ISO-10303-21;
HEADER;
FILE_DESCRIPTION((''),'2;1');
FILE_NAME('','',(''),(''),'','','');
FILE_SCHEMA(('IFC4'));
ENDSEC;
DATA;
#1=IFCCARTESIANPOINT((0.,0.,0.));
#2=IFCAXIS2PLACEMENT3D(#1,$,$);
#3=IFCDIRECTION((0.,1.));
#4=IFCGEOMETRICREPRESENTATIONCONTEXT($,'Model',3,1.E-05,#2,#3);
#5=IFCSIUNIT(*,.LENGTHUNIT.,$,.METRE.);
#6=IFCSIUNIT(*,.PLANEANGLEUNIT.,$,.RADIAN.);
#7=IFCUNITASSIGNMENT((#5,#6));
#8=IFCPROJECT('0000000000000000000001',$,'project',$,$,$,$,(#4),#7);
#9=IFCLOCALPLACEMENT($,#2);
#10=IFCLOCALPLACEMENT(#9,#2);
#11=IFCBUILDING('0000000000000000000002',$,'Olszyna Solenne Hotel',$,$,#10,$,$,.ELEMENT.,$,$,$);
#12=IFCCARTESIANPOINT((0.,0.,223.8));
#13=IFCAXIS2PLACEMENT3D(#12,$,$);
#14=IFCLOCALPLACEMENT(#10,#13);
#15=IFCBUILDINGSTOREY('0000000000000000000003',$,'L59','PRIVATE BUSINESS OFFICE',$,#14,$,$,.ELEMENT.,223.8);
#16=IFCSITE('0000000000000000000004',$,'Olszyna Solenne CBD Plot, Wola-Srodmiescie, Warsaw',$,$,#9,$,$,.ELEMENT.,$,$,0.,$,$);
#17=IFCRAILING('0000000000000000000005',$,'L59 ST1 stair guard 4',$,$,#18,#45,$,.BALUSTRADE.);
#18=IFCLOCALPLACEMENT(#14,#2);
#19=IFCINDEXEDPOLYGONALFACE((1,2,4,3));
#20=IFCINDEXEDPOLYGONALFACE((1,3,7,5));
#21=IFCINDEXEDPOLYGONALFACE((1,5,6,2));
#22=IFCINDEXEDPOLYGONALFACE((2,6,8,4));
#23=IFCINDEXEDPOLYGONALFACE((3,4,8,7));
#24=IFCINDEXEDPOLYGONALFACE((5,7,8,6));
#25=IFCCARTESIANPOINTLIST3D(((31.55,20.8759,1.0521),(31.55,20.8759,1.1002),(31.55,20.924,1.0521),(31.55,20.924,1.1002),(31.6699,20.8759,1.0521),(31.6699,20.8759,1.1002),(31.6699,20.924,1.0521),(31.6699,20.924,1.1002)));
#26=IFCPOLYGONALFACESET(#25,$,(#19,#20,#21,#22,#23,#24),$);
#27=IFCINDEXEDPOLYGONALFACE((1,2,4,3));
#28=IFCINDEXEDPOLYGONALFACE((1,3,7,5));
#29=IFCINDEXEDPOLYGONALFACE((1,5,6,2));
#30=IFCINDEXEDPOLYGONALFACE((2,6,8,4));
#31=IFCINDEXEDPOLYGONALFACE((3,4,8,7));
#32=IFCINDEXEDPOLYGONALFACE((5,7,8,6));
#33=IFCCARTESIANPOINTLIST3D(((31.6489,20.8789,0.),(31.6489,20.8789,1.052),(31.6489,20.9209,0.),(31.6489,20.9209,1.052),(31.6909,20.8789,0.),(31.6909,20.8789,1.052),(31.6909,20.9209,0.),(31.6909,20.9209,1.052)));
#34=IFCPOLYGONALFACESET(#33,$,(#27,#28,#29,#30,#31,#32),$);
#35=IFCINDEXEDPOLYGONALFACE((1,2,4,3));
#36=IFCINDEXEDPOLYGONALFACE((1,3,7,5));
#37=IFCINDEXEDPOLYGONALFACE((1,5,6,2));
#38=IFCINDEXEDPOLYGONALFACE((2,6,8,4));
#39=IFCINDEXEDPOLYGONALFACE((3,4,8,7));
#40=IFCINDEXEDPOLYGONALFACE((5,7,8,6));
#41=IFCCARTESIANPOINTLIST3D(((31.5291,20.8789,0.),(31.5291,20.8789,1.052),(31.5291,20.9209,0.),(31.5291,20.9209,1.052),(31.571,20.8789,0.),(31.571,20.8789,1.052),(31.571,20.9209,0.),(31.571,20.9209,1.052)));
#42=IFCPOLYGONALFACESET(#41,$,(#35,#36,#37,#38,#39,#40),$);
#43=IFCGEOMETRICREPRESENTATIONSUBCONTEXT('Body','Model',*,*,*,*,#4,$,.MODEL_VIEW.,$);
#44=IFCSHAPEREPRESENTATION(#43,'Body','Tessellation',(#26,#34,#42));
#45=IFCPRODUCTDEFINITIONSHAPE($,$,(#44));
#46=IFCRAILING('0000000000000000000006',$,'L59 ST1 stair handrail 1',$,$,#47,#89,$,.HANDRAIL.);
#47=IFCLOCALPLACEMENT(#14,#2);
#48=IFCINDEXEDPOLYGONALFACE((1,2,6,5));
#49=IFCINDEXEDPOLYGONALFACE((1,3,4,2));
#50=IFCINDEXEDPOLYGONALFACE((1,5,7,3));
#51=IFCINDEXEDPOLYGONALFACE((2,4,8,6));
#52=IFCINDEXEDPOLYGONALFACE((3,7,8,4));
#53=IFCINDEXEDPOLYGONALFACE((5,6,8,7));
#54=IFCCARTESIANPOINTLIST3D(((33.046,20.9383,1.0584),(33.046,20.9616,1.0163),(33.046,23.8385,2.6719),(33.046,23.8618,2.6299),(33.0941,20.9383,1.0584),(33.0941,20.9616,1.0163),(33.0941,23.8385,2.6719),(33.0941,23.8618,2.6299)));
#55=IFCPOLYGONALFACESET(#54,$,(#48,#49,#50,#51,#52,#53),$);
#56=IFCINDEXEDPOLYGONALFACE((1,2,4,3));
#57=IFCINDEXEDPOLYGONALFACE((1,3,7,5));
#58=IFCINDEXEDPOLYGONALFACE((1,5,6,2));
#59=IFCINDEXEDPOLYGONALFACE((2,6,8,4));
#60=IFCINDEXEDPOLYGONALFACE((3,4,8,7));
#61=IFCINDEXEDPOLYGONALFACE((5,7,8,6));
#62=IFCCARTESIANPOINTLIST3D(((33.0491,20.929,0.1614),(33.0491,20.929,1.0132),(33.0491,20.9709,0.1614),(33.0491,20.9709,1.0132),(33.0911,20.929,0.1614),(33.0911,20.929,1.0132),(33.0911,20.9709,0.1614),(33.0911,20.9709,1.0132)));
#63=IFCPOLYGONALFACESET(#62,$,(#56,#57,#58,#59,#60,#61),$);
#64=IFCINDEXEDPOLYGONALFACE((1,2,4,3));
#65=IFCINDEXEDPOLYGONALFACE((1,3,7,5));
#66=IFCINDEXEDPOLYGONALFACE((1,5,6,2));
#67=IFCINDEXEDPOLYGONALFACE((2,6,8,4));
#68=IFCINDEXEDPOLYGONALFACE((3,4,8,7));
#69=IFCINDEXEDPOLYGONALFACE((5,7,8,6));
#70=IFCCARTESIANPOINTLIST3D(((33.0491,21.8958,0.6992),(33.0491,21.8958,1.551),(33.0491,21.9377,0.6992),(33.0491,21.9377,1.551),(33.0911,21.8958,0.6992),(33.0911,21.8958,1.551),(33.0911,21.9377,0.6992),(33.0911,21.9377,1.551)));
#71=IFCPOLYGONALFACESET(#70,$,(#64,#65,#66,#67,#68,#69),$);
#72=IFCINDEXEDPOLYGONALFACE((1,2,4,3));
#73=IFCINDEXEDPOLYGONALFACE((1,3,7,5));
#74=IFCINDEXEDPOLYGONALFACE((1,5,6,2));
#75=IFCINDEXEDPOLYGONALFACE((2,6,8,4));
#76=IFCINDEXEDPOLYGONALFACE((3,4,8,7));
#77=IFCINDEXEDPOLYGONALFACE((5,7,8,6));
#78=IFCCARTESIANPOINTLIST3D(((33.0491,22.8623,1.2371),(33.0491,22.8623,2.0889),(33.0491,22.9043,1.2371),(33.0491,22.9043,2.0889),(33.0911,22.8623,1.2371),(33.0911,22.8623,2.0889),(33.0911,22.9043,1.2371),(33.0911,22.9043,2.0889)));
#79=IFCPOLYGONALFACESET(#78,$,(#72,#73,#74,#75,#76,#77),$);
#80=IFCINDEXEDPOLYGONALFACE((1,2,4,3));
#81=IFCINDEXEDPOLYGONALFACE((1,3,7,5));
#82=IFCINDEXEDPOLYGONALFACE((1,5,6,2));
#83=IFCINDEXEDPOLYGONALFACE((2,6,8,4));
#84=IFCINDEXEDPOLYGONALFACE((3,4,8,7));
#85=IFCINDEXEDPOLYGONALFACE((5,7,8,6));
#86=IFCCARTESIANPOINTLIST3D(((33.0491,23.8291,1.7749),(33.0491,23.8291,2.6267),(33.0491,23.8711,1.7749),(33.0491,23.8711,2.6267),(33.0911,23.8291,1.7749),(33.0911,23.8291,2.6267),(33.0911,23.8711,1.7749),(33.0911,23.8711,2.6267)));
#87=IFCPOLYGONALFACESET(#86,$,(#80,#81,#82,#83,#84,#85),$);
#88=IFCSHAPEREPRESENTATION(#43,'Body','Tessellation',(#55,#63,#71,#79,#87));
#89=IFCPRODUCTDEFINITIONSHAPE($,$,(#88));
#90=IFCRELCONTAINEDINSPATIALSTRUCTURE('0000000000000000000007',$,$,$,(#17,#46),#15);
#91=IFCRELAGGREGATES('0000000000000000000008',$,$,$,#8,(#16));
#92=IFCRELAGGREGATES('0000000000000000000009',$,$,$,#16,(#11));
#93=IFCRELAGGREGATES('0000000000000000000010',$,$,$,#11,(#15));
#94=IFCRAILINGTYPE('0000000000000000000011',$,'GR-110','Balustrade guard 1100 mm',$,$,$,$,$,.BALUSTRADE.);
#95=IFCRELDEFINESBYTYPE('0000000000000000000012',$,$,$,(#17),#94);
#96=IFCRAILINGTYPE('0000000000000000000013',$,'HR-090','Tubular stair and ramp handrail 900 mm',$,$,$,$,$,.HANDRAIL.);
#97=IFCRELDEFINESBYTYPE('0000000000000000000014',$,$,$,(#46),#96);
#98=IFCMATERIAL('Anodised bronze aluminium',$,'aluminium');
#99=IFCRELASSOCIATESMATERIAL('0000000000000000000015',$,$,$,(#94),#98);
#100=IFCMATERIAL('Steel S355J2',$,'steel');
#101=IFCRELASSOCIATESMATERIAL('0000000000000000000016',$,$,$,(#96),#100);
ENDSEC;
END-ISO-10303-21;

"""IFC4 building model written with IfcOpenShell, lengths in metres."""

from ifc_helpers import new_model, si_unit, direction, frame, origin, origin_2d, place, context, subcontext, project, spatial, rectangle, extrude, material, type_object, element, save


model = new_model("IFC4")

# Units and contexts
model_context = context("Model", 3, precision=1e-05, world=origin(), true_north=direction((0.0, 1.0)))
body_context = subcontext(model_context, "Body", "Model", "MODEL_VIEW")
ifc_project = project(units=[si_unit("LENGTHUNIT", "METRE"), si_unit("PLANEANGLEUNIT", "RADIAN")], contexts=[model_context])

# Site, building, storey
site_placement = place(None, origin())
site = spatial("IfcSite", under=ifc_project, at=site_placement, Name="Olszyna Solenne CBD Plot, Wola-Srodmiescie, Warsaw", CompositionType="ELEMENT", RefElevation=0.0)
building_placement = place(site_placement, origin())
building = spatial("IfcBuilding", under=site, at=building_placement, Name="Olszyna Solenne Hotel", CompositionType="ELEMENT")
storey_placement = place(building_placement, frame((0.0, 0.0, 223.8)))
storey = spatial("IfcBuildingStorey", under=building, at=storey_placement, Name="L59", Description="PRIVATE BUSINESS OFFICE", CompositionType="ELEMENT", Elevation=223.8)

# Shared definitions
ifc_material_1 = material(Name="Steel S355J2", Category="steel")

# Shared definitions
ifc_material_2 = material(Name="Anodised bronze aluminium", Category="aluminium")

# Railings
railing_type_1 = type_object("IfcRailingType", Name="GR-110", Description="Balustrade guard 1100 mm", PredefinedType="BALUSTRADE", material=ifc_material_2)
railing_1_placement = place(storey_placement, frame((31.6699, 20.8999, 0.0)))
element("IfcRailing", 1, at=railing_1_placement, inside=storey, type_object=railing_type_1, Name="L59 ST1 stair guard 4", PredefinedType="BALUSTRADE", context=body_context, shape_type="SweptSolid", body=[
    extrude(rectangle(XDim=0.0481, YDim=0.0481, at=origin_2d()), frame((0.0, 0.0, 1.0762), z_axis=(-1.0, 0.0, 0.0), x_axis=(0.0, -1.0, 0.0)), (0.0, 0.0, 1.0), 0.1199),
    extrude(rectangle(XDim=0.042, YDim=0.042, at=origin_2d()), origin(), (0.0, 0.0, 1.0), 1.052),
    extrude(rectangle(XDim=0.042, YDim=0.042, at=origin_2d()), frame((-0.1199, 0.0, 0.0)), (0.0, 0.0, 1.0), 1.052),
])
railing_type_2 = type_object("IfcRailingType", Name="HR-090", Description="Tubular stair and ramp handrail 900 mm", PredefinedType="HANDRAIL", material=ifc_material_1)
railing_2_placement = place(storey_placement, frame((33.0701, 20.95, 0.1614)))
element("IfcRailing", 2, at=railing_2_placement, inside=storey, type_object=railing_type_2, Name="L59 ST1 stair handrail 1", PredefinedType="HANDRAIL", context=body_context, shape_type="SweptSolid", body=[
    extrude(rectangle(XDim=0.0481, YDim=0.0481, at=origin_2d()), frame((0.0, 0.0, 0.876), z_axis=(0.0, 0.873859, 0.48618), x_axis=(-1.0, 0.0, 0.0)), (0.0, 0.0, 1.0), 3.3188),
    extrude(rectangle(XDim=0.042, YDim=0.042, at=origin_2d()), origin(), (0.0, 0.0, 1.0), 0.8518),
    extrude(rectangle(XDim=0.042, YDim=0.042, at=origin_2d()), frame((0.0, 0.9668, 0.5378)), (0.0, 0.0, 1.0), 0.8518),
    extrude(rectangle(XDim=0.042, YDim=0.042, at=origin_2d()), frame((0.0, 1.9333, 1.0757)), (0.0, 0.0, 1.0), 0.8518),
    extrude(rectangle(XDim=0.042, YDim=0.042, at=origin_2d()), frame((0.0, 2.9001, 1.6135)), (0.0, 0.0, 1.0), 0.8518),
])

save(model, "model.ifc")
